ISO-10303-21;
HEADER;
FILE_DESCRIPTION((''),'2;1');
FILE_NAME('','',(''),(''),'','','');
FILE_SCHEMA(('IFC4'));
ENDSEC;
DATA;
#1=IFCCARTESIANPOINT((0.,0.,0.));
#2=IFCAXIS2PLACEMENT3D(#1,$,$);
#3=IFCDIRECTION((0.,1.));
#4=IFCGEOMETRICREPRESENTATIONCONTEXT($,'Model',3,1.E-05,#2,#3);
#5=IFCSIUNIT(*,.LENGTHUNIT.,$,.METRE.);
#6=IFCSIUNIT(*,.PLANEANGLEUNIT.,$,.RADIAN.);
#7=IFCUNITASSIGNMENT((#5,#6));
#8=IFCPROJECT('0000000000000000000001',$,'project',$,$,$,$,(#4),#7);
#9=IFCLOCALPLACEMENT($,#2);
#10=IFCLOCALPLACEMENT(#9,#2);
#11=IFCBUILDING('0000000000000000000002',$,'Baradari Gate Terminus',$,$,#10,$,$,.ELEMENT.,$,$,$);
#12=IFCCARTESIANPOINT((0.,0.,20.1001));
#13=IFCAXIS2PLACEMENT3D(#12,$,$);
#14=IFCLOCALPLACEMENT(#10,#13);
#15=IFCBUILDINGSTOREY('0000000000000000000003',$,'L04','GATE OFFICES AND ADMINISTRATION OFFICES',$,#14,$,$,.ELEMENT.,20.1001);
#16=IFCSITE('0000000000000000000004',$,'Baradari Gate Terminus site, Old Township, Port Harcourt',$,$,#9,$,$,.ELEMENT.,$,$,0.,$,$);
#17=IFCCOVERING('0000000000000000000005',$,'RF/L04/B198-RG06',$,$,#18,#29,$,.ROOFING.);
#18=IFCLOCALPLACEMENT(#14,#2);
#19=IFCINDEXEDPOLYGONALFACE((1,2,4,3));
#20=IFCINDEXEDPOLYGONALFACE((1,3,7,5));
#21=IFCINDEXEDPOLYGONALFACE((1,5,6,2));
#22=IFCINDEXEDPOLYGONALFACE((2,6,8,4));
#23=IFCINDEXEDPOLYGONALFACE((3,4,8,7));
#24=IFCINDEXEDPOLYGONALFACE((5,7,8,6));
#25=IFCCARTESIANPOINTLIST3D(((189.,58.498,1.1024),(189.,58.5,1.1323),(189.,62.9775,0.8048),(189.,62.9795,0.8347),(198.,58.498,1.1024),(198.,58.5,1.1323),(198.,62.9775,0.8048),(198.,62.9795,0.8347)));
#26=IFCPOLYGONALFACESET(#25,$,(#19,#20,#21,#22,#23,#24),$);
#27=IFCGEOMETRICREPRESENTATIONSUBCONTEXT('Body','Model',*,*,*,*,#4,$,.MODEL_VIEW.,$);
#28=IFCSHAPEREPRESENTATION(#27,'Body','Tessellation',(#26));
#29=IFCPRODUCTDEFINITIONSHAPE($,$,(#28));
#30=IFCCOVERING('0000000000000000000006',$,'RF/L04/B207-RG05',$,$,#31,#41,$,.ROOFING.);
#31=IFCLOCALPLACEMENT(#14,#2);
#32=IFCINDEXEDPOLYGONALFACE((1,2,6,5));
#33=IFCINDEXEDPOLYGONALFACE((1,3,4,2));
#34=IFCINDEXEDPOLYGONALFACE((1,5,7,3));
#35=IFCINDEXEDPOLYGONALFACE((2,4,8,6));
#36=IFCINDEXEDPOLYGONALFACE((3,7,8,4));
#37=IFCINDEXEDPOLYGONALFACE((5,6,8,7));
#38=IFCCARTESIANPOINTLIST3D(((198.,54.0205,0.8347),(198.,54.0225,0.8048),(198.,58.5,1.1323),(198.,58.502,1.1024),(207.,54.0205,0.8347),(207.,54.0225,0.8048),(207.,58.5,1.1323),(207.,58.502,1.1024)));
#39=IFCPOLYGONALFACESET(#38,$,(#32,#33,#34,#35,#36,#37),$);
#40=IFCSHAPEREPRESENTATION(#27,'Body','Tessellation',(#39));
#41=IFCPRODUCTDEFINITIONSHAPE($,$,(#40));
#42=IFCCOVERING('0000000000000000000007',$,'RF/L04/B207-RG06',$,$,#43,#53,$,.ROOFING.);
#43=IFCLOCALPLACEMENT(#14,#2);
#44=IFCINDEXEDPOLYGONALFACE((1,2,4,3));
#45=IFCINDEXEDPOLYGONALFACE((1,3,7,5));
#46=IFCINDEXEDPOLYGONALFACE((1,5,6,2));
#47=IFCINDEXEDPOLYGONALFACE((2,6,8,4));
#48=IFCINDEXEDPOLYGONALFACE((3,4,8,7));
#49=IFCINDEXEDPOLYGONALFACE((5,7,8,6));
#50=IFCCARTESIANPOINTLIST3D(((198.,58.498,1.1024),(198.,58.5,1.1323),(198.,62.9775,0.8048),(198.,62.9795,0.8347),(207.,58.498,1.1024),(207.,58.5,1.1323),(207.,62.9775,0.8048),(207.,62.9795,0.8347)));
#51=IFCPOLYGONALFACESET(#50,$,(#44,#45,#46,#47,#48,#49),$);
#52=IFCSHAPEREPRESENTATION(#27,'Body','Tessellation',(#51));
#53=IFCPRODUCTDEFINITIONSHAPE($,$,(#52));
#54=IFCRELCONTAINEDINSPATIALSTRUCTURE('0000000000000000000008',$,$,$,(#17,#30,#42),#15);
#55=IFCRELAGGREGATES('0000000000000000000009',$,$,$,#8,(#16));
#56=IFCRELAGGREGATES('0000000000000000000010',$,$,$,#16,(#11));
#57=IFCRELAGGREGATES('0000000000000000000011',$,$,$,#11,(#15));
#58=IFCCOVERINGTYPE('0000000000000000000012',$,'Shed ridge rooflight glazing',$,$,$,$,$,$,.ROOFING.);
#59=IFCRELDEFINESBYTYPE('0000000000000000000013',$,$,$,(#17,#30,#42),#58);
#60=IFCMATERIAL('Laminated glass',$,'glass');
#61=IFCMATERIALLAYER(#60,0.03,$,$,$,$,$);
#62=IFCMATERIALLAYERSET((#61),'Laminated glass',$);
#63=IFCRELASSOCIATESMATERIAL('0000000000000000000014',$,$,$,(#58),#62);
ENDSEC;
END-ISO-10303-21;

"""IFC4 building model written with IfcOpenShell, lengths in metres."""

from ifc_helpers import new_model, si_unit, direction, frame, origin, place, context, subcontext, project, spatial, polyline, outline, extrude, material, layer, layer_set, type_object, element, save


model = new_model("IFC4")

# Units and contexts
model_context = context("Model", 3, precision=1e-05, world=origin(), true_north=direction((0.0, 1.0)))
body_context = subcontext(model_context, "Body", "Model", "MODEL_VIEW")
ifc_project = project(units=[si_unit("LENGTHUNIT", "METRE"), si_unit("PLANEANGLEUNIT", "RADIAN")], contexts=[model_context])

# Site, building, storey
site_placement = place(None, origin())
site = spatial("IfcSite", under=ifc_project, at=site_placement, Name="Baradari Gate Terminus site, Old Township, Port Harcourt", CompositionType="ELEMENT", RefElevation=0.0)
building_placement = place(site_placement, origin())
building = spatial("IfcBuilding", under=site, at=building_placement, Name="Baradari Gate Terminus", CompositionType="ELEMENT")
storey_placement = place(building_placement, frame((0.0, 0.0, 20.1001)))
storey = spatial("IfcBuildingStorey", under=building, at=storey_placement, Name="L04", Description="GATE OFFICES AND ADMINISTRATION OFFICES", CompositionType="ELEMENT", Elevation=20.1001)

# Coverings
ifc_material_1 = material(Name="Laminated glass", Category="glass")
ifc_layer_1 = layer(ifc_material_1, 0.03)
ifc_layer_set_1 = layer_set([ifc_layer_1], Name="Laminated glass")
covering_type = type_object("IfcCoveringType", Name="Shed ridge rooflight glazing", PredefinedType="ROOFING", material=ifc_layer_set_1)
for number, where, z_axis, x_axis, name in (
    (1, (189.0, 58.5, 1.1323), (0.0, 0.066292, 0.9978), (1.0, 0.0, 0.0), "RF/L04/B198-RG06"),
    (2, (198.0, 54.0205, 0.8347), (0.0, -0.066292, 0.9978), (1.0, 0.0, 0.0), "RF/L04/B207-RG05"),
    (3, (198.0, 58.5, 1.1323), (0.0, 0.066292, 0.9978), (1.0, 0.0, 0.0), "RF/L04/B207-RG06"),
):
    element("IfcCovering", number, at=place(storey_placement, frame(where, z_axis=z_axis, x_axis=x_axis)), inside=storey, type_object=covering_type, Name=name, PredefinedType="ROOFING", context=body_context, shape_type="SweptSolid", body=[
        extrude(outline(polyline([(0.0, 0.0), (9.0, 0.0), (9.0, 4.4894), (0.0, 4.4894), (0.0, 0.0)])), origin(), (0.0, 0.0, -1.0), 0.03),
    ])

save(model, "model.ifc")
